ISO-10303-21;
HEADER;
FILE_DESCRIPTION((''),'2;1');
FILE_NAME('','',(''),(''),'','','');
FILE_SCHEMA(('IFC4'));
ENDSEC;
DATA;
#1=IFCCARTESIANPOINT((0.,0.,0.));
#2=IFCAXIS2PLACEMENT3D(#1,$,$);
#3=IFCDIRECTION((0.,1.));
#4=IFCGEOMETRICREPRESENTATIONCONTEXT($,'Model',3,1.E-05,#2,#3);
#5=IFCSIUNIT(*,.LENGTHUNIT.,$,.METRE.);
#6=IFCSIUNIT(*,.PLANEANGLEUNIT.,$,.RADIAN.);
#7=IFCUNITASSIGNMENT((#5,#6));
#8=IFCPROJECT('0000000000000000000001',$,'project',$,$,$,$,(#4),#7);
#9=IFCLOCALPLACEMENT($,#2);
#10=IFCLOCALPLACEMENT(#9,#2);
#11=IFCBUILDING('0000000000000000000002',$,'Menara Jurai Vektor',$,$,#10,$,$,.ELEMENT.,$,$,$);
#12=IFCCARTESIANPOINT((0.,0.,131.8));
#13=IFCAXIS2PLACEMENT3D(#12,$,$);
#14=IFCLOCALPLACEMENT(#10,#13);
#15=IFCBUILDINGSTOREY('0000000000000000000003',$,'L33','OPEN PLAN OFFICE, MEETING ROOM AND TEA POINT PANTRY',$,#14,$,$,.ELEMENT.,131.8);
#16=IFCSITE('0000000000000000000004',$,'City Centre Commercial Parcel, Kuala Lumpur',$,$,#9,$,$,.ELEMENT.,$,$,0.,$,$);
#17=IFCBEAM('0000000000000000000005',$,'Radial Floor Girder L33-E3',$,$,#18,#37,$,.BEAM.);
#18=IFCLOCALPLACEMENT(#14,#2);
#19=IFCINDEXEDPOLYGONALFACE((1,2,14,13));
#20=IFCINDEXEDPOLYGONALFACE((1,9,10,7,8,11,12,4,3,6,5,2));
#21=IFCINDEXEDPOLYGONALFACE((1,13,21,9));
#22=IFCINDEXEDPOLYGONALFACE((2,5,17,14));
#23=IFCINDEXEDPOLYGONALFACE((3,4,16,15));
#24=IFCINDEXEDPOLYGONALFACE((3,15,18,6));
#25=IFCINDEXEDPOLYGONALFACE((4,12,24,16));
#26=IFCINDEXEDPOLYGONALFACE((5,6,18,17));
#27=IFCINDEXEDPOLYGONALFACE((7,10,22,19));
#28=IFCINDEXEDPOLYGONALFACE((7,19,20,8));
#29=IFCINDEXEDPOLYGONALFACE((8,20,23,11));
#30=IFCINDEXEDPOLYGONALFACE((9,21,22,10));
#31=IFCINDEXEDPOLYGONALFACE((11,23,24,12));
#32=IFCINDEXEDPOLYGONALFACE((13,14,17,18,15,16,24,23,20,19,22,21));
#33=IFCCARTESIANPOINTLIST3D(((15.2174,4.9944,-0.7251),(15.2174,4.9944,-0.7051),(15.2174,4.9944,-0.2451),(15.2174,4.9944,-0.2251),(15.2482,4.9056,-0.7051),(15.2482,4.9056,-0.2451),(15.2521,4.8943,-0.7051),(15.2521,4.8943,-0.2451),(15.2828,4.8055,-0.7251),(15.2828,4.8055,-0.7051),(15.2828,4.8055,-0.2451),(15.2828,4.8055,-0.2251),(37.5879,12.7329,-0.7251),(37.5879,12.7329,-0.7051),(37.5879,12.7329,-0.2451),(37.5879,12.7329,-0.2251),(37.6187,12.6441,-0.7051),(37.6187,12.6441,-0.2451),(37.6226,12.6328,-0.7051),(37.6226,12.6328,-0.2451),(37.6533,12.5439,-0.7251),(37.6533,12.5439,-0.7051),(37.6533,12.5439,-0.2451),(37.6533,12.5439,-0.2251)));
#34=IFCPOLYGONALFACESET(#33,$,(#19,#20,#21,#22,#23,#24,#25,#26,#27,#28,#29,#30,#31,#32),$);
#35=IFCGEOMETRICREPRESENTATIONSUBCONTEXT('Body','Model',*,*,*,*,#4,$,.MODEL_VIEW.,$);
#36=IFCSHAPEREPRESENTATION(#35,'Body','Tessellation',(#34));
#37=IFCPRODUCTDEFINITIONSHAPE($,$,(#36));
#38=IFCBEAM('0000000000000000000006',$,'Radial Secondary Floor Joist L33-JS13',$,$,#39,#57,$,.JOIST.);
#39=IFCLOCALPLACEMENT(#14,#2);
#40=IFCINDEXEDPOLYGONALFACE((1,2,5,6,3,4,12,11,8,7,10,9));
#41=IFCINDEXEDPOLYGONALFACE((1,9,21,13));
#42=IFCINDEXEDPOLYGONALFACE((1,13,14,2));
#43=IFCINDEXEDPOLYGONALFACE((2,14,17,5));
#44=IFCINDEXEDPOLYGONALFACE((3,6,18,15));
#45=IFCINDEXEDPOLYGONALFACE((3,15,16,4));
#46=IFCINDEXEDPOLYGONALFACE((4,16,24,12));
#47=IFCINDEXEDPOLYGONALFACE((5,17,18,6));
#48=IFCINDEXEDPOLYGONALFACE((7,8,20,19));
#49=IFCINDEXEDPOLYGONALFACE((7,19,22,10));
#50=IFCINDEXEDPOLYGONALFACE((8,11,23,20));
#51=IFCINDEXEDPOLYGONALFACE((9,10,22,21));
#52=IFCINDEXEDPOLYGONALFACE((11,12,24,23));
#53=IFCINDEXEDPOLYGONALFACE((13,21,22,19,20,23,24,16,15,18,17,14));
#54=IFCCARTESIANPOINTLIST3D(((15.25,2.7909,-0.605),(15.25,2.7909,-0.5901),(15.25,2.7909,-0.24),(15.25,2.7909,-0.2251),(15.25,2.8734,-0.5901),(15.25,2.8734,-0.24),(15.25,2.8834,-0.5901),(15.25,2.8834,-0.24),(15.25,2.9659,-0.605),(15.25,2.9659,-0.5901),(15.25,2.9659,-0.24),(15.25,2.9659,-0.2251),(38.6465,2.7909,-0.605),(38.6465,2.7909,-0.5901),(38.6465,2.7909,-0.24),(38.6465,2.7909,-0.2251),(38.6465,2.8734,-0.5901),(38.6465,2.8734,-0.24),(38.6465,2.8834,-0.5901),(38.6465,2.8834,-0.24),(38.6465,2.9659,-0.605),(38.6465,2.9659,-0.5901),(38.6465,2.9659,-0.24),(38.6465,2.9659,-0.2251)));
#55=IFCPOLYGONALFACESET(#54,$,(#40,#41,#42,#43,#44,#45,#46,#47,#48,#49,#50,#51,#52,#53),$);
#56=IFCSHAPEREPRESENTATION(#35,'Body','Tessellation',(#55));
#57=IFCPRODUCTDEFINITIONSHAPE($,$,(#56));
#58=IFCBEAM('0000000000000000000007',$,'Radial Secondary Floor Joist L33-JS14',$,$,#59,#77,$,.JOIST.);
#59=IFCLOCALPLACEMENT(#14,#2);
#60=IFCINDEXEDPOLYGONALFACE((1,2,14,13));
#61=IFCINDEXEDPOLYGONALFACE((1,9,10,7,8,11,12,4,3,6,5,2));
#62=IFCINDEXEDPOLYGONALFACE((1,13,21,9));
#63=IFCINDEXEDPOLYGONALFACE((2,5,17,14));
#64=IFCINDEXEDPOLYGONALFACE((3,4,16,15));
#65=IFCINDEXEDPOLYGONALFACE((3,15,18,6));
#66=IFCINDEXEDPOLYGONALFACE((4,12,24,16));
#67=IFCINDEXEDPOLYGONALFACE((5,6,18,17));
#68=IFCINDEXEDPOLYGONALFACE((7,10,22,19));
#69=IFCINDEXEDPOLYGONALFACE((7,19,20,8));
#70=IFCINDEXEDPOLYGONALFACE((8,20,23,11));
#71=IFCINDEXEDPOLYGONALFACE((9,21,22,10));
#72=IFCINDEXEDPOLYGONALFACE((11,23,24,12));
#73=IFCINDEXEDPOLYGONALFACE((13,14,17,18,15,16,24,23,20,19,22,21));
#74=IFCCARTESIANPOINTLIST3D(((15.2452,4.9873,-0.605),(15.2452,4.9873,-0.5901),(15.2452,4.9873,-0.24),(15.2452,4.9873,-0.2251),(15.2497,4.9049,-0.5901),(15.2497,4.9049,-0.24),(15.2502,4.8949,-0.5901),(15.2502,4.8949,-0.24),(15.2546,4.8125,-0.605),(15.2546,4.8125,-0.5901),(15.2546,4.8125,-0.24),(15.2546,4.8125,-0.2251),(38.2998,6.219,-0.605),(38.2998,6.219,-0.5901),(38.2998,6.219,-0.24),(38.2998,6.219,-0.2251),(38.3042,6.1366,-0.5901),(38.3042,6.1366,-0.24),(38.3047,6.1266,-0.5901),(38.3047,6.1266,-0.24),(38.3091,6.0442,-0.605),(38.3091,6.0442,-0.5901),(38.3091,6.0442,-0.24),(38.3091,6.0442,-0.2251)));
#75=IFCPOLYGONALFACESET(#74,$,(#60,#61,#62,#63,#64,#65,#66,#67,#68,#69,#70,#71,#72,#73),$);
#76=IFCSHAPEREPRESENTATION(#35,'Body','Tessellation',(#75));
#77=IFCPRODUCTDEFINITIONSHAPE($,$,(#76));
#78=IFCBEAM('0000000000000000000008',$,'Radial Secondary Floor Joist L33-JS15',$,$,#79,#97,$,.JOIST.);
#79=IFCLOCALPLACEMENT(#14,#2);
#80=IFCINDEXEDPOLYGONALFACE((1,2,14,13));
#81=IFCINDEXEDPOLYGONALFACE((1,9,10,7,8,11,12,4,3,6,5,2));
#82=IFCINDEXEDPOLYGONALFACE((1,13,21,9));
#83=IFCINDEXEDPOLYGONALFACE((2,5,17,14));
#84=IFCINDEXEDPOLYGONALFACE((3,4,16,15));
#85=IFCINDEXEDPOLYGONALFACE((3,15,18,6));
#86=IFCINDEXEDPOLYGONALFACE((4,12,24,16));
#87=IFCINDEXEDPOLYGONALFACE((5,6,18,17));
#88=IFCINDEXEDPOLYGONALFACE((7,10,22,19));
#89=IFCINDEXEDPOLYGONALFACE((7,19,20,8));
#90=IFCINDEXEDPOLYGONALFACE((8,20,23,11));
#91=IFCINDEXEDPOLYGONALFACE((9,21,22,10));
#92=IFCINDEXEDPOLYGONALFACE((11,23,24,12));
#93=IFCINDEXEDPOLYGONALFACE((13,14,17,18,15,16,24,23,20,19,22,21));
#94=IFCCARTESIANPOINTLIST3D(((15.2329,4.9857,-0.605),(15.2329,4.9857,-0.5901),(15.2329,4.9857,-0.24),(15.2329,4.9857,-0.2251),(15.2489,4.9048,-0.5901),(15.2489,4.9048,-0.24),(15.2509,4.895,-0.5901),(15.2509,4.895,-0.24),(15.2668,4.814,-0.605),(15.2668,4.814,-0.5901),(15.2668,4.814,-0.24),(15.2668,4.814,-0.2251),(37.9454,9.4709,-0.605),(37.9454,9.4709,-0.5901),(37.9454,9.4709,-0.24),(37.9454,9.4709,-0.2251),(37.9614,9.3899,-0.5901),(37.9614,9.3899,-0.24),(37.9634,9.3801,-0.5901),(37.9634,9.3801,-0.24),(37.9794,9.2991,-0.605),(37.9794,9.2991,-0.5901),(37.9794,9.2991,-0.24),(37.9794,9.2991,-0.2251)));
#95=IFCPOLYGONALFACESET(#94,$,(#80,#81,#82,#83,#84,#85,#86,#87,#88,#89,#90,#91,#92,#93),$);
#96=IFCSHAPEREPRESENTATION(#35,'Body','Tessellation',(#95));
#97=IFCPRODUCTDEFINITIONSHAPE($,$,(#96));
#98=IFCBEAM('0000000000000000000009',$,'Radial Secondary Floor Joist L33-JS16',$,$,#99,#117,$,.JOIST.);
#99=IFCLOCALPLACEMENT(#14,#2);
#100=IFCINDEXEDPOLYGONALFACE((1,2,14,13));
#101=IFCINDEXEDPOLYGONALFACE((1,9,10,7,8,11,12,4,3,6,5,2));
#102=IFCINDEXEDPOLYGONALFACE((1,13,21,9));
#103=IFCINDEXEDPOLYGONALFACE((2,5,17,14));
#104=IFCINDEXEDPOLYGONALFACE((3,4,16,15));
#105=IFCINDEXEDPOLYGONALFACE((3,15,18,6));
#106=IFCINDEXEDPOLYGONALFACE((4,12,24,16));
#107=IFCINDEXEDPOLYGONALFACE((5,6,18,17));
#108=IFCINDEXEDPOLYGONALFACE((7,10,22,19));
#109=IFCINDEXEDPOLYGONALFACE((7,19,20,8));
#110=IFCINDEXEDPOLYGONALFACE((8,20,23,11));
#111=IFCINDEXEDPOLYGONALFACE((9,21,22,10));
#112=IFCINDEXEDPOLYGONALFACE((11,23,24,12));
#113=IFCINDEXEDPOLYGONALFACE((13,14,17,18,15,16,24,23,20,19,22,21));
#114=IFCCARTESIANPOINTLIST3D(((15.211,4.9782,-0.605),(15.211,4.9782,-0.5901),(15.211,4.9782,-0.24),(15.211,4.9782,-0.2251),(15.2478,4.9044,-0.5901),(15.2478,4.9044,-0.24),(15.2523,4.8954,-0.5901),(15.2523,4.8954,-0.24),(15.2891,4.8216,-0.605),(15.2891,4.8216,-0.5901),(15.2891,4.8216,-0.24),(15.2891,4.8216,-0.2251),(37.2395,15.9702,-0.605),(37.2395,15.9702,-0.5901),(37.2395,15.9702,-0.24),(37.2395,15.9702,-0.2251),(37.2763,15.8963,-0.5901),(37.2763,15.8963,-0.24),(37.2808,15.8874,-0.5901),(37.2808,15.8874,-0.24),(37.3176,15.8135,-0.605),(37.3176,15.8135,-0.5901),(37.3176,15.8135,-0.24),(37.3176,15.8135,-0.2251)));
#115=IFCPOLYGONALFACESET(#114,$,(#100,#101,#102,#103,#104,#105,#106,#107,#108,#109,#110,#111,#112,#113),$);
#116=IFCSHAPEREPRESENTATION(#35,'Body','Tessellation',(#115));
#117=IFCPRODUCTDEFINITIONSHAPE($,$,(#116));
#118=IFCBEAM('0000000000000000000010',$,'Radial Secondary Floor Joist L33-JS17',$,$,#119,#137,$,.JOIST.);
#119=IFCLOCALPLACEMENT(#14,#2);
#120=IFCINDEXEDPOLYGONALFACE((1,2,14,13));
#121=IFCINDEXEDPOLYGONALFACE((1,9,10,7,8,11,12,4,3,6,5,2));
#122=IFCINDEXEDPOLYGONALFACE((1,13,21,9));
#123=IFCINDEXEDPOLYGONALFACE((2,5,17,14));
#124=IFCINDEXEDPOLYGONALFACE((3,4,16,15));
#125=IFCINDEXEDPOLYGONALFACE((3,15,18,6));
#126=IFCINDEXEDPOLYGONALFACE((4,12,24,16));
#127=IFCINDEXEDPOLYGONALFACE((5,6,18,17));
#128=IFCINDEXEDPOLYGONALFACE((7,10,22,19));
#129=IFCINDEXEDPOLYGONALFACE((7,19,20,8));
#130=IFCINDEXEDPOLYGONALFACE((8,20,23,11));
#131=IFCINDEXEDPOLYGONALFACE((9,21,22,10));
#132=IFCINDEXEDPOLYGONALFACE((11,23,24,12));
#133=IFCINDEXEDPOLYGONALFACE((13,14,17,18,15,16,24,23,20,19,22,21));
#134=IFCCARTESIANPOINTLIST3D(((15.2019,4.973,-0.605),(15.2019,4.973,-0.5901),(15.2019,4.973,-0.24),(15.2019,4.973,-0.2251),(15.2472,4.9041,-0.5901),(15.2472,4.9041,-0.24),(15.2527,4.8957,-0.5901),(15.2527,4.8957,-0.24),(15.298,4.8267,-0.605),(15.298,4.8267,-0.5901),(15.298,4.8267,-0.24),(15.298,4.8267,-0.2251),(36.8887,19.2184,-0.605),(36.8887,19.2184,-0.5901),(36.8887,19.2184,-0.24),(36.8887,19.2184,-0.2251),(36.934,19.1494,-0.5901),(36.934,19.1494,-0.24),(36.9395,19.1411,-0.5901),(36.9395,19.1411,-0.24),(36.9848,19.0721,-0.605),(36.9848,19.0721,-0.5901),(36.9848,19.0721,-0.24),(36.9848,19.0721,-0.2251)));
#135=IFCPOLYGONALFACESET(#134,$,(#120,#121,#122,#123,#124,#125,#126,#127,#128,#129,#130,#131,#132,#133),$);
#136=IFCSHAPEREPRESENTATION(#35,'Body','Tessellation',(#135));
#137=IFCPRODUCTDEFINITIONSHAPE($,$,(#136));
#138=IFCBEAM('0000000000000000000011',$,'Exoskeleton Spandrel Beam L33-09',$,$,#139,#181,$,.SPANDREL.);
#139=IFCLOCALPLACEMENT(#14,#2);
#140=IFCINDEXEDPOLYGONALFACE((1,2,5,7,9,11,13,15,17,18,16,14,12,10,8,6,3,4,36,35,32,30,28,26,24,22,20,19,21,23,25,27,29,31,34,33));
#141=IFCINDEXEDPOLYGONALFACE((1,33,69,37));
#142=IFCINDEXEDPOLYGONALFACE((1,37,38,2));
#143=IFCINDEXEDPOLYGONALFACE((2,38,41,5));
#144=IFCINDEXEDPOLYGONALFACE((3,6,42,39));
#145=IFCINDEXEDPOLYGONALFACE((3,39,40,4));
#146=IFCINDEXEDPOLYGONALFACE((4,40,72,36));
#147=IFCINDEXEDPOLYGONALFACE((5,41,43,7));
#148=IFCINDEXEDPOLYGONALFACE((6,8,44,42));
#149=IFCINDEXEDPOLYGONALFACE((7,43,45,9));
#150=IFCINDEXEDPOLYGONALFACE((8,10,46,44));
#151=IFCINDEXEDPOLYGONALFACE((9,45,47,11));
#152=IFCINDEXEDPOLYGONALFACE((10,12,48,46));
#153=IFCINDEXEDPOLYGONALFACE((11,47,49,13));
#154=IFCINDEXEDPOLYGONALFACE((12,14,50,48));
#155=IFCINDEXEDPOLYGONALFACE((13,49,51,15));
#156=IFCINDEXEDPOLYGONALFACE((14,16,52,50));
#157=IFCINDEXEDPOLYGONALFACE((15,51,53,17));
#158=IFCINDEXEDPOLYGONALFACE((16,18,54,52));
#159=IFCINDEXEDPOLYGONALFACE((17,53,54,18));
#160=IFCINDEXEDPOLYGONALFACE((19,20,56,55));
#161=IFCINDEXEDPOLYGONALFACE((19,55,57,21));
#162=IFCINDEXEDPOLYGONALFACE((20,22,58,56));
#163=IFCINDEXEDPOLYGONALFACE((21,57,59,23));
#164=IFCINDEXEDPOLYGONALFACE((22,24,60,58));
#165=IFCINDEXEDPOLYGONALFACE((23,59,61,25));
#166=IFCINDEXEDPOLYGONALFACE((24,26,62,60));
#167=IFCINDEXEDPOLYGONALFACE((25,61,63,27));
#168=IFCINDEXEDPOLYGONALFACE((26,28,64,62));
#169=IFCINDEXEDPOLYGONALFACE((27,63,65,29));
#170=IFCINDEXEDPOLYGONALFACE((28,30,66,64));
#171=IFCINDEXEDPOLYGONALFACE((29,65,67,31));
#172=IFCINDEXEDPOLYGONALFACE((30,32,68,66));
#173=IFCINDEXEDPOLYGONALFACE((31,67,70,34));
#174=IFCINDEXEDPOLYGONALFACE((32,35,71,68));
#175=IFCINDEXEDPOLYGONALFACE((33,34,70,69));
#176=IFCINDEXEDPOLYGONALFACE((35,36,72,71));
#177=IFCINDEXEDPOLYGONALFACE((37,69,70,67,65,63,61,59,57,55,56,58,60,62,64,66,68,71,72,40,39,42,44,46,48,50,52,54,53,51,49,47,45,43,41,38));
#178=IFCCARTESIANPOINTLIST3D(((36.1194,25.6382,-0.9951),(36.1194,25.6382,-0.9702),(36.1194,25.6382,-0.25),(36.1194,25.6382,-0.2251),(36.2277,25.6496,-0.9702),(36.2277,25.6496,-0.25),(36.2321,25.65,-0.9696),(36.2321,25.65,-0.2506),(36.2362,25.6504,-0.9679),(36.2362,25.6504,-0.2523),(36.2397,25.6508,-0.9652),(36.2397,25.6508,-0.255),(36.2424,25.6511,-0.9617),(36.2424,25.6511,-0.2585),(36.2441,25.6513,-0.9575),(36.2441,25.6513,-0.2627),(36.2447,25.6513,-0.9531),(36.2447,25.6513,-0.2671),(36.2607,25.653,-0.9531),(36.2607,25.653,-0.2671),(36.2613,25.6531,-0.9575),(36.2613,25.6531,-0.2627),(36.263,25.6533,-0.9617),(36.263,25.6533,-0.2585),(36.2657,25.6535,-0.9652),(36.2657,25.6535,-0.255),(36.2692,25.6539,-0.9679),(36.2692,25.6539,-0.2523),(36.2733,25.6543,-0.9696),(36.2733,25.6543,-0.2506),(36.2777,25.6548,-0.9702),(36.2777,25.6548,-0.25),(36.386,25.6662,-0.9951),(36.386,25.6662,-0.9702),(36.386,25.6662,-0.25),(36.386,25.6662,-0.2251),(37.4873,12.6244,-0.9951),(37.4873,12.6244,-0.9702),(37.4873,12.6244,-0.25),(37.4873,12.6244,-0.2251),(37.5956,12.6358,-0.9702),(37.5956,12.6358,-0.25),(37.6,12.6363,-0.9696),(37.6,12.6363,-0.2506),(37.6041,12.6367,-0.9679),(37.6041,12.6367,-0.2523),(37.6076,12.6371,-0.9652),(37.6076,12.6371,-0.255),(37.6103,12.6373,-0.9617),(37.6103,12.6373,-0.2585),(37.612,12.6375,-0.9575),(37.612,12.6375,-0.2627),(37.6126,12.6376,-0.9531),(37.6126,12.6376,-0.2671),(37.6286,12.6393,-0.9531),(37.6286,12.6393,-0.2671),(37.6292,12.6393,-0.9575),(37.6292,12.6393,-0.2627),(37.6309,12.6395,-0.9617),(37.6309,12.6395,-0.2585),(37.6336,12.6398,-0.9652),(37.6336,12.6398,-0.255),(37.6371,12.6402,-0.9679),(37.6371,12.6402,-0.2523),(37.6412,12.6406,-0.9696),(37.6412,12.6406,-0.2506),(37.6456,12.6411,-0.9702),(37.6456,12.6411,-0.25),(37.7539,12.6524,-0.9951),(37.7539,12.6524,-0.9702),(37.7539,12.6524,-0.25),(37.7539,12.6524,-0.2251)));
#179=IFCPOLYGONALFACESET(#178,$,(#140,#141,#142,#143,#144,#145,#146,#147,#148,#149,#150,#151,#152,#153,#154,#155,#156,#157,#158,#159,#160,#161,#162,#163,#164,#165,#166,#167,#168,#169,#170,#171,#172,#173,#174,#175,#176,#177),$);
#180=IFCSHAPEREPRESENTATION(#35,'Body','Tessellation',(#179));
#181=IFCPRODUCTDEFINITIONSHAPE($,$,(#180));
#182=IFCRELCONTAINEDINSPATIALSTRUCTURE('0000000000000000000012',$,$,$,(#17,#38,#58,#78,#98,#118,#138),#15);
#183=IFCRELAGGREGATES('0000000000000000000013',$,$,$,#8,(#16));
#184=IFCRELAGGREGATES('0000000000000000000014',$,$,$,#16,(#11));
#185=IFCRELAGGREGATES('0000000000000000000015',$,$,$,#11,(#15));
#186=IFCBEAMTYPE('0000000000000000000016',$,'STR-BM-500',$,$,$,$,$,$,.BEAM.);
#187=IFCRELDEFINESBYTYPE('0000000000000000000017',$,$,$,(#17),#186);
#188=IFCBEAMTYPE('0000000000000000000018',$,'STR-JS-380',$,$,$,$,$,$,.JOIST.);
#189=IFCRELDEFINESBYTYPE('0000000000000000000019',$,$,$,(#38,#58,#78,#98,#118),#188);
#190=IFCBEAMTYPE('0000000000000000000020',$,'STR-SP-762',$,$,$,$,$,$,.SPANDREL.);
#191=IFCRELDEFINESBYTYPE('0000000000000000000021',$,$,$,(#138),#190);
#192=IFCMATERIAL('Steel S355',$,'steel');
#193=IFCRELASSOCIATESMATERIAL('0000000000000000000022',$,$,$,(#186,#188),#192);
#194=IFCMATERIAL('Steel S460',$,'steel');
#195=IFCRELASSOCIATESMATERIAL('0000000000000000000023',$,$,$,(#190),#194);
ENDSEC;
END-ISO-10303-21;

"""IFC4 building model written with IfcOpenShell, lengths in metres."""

from ifc_helpers import new_model, si_unit, direction, frame, origin, origin_2d, place, context, subcontext, project, spatial, i_section, extrude, material, material_profile, profile_set, type_object, element, save


model = new_model("IFC4")

# Units and contexts
model_context = context("Model", 3, precision=1e-05, world=origin(), true_north=direction((0.0, 1.0)))
body_context = subcontext(model_context, "Body", "Model", "MODEL_VIEW")
ifc_project = project(units=[si_unit("LENGTHUNIT", "METRE"), si_unit("PLANEANGLEUNIT", "RADIAN")], contexts=[model_context])

# Site, building, storey
site_placement = place(None, origin())
site = spatial("IfcSite", under=ifc_project, at=site_placement, Name="City Centre Commercial Parcel, Kuala Lumpur", CompositionType="ELEMENT", RefElevation=0.0)
building_placement = place(site_placement, origin())
building = spatial("IfcBuilding", under=site, at=building_placement, Name="Menara Jurai Vektor", CompositionType="ELEMENT")
storey_placement = place(building_placement, frame((0.0, 0.0, 131.8)))
storey = spatial("IfcBuildingStorey", under=building, at=storey_placement, Name="L33", Description="OPEN PLAN OFFICE, MEETING ROOM AND TEA POINT PANTRY", CompositionType="ELEMENT", Elevation=131.8)

# Shared definitions
ifc_material_1 = material(Name="Steel S460", Category="steel")

# Beams
ifc_material_2 = material(Name="Steel S355", Category="steel")
ifc_material_profile_1 = material_profile(ifc_material_2, i_section(OverallWidth=0.2, OverallDepth=0.5, WebThickness=0.012, FlangeThickness=0.02, at=origin_2d()), Name="PG 500x200x96")
ifc_profile_set_1 = profile_set([ifc_material_profile_1], Name="Steel S355")
beam_type_1 = type_object("IfcBeamType", Name="STR-BM-500", PredefinedType="BEAM", material=ifc_profile_set_1)
beam_1_placement = place(storey_placement, frame((37.6206, 12.6384, -0.4751), z_axis=(-0.945053, -0.326916, 0.0), x_axis=(0.326916, -0.945053, 0.0)))
element("IfcBeam", 1, at=beam_1_placement, inside=storey, type_object=beam_type_1, Name="Radial Floor Girder L33-E3", PredefinedType="BEAM", context=body_context, shape_type="SweptSolid", body=[
    extrude(i_section(OverallWidth=0.2, OverallDepth=0.5, WebThickness=0.012, FlangeThickness=0.02, at=origin_2d()), origin(), (0.0, 0.0, 1.0), 23.6711),
])
ifc_material_profile_2 = material_profile(ifc_material_2, i_section(OverallWidth=0.175, OverallDepth=0.3799, WebThickness=0.01, FlangeThickness=0.0149, at=origin_2d()), Name="PG 380x175x58")
ifc_profile_set_2 = profile_set([ifc_material_profile_2], Name="Steel S355")
beam_type_2 = type_object("IfcBeamType", Name="STR-JS-380", PredefinedType="JOIST", material=ifc_profile_set_2)
beam_2_placement = place(storey_placement, frame((38.6465, 2.8784, -0.415), z_axis=(-1.0, 0.0, 0.0), x_axis=(0.0, -1.0, 0.0)))
element("IfcBeam", 2, at=beam_2_placement, inside=storey, type_object=beam_type_2, Name="Radial Secondary Floor Joist L33-JS13", PredefinedType="JOIST", context=body_context, shape_type="SweptSolid", body=[
    extrude(i_section(OverallWidth=0.175, OverallDepth=0.3799, WebThickness=0.01, FlangeThickness=0.0149, at=origin_2d()), origin(), (0.0, 0.0, 1.0), 23.3965),
])
beam_3_placement = place(storey_placement, frame((38.3044, 6.1316, -0.415), z_axis=(-0.998576, -0.053349, 0.0), x_axis=(0.053349, -0.998576, 0.0)))
element("IfcBeam", 3, at=beam_3_placement, inside=storey, type_object=beam_type_2, Name="Radial Secondary Floor Joist L33-JS14", PredefinedType="JOIST", context=body_context, shape_type="SweptSolid", body=[
    extrude(i_section(OverallWidth=0.175, OverallDepth=0.3799, WebThickness=0.01, FlangeThickness=0.0149, at=origin_2d()), origin(), (0.0, 0.0, 1.0), 23.0874),
])
beam_4_placement = place(storey_placement, frame((37.9624, 9.385, -0.415), z_axis=(-0.981054, -0.193733, 0.0), x_axis=(0.193733, -0.981054, 0.0)))
element("IfcBeam", 4, at=beam_4_placement, inside=storey, type_object=beam_type_2, Name="Radial Secondary Floor Joist L33-JS15", PredefinedType="JOIST", context=body_context, shape_type="SweptSolid", body=[
    extrude(i_section(OverallWidth=0.175, OverallDepth=0.3799, WebThickness=0.01, FlangeThickness=0.0149, at=origin_2d()), origin(), (0.0, 0.0, 1.0), 23.1511),
])
beam_5_placement = place(storey_placement, frame((37.2786, 15.8918, -0.415), z_axis=(-0.89479, -0.446488, 0.0), x_axis=(0.446488, -0.89479, 0.0)))
element("IfcBeam", 5, at=beam_5_placement, inside=storey, type_object=beam_type_2, Name="Radial Secondary Floor Joist L33-JS16", PredefinedType="JOIST", context=body_context, shape_type="SweptSolid", body=[
    extrude(i_section(OverallWidth=0.175, OverallDepth=0.3799, WebThickness=0.01, FlangeThickness=0.0149, at=origin_2d()), origin(), (0.0, 0.0, 1.0), 24.6187),
])
beam_6_placement = place(storey_placement, frame((36.9368, 19.1453, -0.415), z_axis=(-0.835811, -0.549018, 0.0), x_axis=(0.549018, -0.835811, 0.0)))
element("IfcBeam", 6, at=beam_6_placement, inside=storey, type_object=beam_type_2, Name="Radial Secondary Floor Joist L33-JS17", PredefinedType="JOIST", context=body_context, shape_type="SweptSolid", body=[
    extrude(i_section(OverallWidth=0.175, OverallDepth=0.3799, WebThickness=0.01, FlangeThickness=0.0149, at=origin_2d()), origin(), (0.0, 0.0, 1.0), 25.947),
])
ifc_material_profile_3 = material_profile(ifc_material_1, i_section(OverallWidth=0.2681, OverallDepth=0.77, WebThickness=0.0161, FlangeThickness=0.0249, FilletRadius=0.0171, at=origin_2d()), Name="UKB 762x267x197")
ifc_profile_set_3 = profile_set([ifc_material_profile_3], Name="Steel S460")
beam_type_3 = type_object("IfcBeamType", Name="STR-SP-762", PredefinedType="SPANDREL", material=ifc_profile_set_3)
beam_7_placement = place(storey_placement, frame((37.6206, 12.6384, -0.6101), z_axis=(-0.104538, 0.994521, 0.0), x_axis=(-0.994521, -0.104538, 0.0)))
element("IfcBeam", 7, at=beam_7_placement, inside=storey, type_object=beam_type_3, Name="Exoskeleton Spandrel Beam L33-09", PredefinedType="SPANDREL", context=body_context, shape_type="SweptSolid", body=[
    extrude(i_section(OverallWidth=0.2681, OverallDepth=0.77, WebThickness=0.0161, FlangeThickness=0.0249, FilletRadius=0.0171, at=origin_2d()), origin(), (0.0, 0.0, 1.0), 13.0854),
])

save(model, "model.ifc")
